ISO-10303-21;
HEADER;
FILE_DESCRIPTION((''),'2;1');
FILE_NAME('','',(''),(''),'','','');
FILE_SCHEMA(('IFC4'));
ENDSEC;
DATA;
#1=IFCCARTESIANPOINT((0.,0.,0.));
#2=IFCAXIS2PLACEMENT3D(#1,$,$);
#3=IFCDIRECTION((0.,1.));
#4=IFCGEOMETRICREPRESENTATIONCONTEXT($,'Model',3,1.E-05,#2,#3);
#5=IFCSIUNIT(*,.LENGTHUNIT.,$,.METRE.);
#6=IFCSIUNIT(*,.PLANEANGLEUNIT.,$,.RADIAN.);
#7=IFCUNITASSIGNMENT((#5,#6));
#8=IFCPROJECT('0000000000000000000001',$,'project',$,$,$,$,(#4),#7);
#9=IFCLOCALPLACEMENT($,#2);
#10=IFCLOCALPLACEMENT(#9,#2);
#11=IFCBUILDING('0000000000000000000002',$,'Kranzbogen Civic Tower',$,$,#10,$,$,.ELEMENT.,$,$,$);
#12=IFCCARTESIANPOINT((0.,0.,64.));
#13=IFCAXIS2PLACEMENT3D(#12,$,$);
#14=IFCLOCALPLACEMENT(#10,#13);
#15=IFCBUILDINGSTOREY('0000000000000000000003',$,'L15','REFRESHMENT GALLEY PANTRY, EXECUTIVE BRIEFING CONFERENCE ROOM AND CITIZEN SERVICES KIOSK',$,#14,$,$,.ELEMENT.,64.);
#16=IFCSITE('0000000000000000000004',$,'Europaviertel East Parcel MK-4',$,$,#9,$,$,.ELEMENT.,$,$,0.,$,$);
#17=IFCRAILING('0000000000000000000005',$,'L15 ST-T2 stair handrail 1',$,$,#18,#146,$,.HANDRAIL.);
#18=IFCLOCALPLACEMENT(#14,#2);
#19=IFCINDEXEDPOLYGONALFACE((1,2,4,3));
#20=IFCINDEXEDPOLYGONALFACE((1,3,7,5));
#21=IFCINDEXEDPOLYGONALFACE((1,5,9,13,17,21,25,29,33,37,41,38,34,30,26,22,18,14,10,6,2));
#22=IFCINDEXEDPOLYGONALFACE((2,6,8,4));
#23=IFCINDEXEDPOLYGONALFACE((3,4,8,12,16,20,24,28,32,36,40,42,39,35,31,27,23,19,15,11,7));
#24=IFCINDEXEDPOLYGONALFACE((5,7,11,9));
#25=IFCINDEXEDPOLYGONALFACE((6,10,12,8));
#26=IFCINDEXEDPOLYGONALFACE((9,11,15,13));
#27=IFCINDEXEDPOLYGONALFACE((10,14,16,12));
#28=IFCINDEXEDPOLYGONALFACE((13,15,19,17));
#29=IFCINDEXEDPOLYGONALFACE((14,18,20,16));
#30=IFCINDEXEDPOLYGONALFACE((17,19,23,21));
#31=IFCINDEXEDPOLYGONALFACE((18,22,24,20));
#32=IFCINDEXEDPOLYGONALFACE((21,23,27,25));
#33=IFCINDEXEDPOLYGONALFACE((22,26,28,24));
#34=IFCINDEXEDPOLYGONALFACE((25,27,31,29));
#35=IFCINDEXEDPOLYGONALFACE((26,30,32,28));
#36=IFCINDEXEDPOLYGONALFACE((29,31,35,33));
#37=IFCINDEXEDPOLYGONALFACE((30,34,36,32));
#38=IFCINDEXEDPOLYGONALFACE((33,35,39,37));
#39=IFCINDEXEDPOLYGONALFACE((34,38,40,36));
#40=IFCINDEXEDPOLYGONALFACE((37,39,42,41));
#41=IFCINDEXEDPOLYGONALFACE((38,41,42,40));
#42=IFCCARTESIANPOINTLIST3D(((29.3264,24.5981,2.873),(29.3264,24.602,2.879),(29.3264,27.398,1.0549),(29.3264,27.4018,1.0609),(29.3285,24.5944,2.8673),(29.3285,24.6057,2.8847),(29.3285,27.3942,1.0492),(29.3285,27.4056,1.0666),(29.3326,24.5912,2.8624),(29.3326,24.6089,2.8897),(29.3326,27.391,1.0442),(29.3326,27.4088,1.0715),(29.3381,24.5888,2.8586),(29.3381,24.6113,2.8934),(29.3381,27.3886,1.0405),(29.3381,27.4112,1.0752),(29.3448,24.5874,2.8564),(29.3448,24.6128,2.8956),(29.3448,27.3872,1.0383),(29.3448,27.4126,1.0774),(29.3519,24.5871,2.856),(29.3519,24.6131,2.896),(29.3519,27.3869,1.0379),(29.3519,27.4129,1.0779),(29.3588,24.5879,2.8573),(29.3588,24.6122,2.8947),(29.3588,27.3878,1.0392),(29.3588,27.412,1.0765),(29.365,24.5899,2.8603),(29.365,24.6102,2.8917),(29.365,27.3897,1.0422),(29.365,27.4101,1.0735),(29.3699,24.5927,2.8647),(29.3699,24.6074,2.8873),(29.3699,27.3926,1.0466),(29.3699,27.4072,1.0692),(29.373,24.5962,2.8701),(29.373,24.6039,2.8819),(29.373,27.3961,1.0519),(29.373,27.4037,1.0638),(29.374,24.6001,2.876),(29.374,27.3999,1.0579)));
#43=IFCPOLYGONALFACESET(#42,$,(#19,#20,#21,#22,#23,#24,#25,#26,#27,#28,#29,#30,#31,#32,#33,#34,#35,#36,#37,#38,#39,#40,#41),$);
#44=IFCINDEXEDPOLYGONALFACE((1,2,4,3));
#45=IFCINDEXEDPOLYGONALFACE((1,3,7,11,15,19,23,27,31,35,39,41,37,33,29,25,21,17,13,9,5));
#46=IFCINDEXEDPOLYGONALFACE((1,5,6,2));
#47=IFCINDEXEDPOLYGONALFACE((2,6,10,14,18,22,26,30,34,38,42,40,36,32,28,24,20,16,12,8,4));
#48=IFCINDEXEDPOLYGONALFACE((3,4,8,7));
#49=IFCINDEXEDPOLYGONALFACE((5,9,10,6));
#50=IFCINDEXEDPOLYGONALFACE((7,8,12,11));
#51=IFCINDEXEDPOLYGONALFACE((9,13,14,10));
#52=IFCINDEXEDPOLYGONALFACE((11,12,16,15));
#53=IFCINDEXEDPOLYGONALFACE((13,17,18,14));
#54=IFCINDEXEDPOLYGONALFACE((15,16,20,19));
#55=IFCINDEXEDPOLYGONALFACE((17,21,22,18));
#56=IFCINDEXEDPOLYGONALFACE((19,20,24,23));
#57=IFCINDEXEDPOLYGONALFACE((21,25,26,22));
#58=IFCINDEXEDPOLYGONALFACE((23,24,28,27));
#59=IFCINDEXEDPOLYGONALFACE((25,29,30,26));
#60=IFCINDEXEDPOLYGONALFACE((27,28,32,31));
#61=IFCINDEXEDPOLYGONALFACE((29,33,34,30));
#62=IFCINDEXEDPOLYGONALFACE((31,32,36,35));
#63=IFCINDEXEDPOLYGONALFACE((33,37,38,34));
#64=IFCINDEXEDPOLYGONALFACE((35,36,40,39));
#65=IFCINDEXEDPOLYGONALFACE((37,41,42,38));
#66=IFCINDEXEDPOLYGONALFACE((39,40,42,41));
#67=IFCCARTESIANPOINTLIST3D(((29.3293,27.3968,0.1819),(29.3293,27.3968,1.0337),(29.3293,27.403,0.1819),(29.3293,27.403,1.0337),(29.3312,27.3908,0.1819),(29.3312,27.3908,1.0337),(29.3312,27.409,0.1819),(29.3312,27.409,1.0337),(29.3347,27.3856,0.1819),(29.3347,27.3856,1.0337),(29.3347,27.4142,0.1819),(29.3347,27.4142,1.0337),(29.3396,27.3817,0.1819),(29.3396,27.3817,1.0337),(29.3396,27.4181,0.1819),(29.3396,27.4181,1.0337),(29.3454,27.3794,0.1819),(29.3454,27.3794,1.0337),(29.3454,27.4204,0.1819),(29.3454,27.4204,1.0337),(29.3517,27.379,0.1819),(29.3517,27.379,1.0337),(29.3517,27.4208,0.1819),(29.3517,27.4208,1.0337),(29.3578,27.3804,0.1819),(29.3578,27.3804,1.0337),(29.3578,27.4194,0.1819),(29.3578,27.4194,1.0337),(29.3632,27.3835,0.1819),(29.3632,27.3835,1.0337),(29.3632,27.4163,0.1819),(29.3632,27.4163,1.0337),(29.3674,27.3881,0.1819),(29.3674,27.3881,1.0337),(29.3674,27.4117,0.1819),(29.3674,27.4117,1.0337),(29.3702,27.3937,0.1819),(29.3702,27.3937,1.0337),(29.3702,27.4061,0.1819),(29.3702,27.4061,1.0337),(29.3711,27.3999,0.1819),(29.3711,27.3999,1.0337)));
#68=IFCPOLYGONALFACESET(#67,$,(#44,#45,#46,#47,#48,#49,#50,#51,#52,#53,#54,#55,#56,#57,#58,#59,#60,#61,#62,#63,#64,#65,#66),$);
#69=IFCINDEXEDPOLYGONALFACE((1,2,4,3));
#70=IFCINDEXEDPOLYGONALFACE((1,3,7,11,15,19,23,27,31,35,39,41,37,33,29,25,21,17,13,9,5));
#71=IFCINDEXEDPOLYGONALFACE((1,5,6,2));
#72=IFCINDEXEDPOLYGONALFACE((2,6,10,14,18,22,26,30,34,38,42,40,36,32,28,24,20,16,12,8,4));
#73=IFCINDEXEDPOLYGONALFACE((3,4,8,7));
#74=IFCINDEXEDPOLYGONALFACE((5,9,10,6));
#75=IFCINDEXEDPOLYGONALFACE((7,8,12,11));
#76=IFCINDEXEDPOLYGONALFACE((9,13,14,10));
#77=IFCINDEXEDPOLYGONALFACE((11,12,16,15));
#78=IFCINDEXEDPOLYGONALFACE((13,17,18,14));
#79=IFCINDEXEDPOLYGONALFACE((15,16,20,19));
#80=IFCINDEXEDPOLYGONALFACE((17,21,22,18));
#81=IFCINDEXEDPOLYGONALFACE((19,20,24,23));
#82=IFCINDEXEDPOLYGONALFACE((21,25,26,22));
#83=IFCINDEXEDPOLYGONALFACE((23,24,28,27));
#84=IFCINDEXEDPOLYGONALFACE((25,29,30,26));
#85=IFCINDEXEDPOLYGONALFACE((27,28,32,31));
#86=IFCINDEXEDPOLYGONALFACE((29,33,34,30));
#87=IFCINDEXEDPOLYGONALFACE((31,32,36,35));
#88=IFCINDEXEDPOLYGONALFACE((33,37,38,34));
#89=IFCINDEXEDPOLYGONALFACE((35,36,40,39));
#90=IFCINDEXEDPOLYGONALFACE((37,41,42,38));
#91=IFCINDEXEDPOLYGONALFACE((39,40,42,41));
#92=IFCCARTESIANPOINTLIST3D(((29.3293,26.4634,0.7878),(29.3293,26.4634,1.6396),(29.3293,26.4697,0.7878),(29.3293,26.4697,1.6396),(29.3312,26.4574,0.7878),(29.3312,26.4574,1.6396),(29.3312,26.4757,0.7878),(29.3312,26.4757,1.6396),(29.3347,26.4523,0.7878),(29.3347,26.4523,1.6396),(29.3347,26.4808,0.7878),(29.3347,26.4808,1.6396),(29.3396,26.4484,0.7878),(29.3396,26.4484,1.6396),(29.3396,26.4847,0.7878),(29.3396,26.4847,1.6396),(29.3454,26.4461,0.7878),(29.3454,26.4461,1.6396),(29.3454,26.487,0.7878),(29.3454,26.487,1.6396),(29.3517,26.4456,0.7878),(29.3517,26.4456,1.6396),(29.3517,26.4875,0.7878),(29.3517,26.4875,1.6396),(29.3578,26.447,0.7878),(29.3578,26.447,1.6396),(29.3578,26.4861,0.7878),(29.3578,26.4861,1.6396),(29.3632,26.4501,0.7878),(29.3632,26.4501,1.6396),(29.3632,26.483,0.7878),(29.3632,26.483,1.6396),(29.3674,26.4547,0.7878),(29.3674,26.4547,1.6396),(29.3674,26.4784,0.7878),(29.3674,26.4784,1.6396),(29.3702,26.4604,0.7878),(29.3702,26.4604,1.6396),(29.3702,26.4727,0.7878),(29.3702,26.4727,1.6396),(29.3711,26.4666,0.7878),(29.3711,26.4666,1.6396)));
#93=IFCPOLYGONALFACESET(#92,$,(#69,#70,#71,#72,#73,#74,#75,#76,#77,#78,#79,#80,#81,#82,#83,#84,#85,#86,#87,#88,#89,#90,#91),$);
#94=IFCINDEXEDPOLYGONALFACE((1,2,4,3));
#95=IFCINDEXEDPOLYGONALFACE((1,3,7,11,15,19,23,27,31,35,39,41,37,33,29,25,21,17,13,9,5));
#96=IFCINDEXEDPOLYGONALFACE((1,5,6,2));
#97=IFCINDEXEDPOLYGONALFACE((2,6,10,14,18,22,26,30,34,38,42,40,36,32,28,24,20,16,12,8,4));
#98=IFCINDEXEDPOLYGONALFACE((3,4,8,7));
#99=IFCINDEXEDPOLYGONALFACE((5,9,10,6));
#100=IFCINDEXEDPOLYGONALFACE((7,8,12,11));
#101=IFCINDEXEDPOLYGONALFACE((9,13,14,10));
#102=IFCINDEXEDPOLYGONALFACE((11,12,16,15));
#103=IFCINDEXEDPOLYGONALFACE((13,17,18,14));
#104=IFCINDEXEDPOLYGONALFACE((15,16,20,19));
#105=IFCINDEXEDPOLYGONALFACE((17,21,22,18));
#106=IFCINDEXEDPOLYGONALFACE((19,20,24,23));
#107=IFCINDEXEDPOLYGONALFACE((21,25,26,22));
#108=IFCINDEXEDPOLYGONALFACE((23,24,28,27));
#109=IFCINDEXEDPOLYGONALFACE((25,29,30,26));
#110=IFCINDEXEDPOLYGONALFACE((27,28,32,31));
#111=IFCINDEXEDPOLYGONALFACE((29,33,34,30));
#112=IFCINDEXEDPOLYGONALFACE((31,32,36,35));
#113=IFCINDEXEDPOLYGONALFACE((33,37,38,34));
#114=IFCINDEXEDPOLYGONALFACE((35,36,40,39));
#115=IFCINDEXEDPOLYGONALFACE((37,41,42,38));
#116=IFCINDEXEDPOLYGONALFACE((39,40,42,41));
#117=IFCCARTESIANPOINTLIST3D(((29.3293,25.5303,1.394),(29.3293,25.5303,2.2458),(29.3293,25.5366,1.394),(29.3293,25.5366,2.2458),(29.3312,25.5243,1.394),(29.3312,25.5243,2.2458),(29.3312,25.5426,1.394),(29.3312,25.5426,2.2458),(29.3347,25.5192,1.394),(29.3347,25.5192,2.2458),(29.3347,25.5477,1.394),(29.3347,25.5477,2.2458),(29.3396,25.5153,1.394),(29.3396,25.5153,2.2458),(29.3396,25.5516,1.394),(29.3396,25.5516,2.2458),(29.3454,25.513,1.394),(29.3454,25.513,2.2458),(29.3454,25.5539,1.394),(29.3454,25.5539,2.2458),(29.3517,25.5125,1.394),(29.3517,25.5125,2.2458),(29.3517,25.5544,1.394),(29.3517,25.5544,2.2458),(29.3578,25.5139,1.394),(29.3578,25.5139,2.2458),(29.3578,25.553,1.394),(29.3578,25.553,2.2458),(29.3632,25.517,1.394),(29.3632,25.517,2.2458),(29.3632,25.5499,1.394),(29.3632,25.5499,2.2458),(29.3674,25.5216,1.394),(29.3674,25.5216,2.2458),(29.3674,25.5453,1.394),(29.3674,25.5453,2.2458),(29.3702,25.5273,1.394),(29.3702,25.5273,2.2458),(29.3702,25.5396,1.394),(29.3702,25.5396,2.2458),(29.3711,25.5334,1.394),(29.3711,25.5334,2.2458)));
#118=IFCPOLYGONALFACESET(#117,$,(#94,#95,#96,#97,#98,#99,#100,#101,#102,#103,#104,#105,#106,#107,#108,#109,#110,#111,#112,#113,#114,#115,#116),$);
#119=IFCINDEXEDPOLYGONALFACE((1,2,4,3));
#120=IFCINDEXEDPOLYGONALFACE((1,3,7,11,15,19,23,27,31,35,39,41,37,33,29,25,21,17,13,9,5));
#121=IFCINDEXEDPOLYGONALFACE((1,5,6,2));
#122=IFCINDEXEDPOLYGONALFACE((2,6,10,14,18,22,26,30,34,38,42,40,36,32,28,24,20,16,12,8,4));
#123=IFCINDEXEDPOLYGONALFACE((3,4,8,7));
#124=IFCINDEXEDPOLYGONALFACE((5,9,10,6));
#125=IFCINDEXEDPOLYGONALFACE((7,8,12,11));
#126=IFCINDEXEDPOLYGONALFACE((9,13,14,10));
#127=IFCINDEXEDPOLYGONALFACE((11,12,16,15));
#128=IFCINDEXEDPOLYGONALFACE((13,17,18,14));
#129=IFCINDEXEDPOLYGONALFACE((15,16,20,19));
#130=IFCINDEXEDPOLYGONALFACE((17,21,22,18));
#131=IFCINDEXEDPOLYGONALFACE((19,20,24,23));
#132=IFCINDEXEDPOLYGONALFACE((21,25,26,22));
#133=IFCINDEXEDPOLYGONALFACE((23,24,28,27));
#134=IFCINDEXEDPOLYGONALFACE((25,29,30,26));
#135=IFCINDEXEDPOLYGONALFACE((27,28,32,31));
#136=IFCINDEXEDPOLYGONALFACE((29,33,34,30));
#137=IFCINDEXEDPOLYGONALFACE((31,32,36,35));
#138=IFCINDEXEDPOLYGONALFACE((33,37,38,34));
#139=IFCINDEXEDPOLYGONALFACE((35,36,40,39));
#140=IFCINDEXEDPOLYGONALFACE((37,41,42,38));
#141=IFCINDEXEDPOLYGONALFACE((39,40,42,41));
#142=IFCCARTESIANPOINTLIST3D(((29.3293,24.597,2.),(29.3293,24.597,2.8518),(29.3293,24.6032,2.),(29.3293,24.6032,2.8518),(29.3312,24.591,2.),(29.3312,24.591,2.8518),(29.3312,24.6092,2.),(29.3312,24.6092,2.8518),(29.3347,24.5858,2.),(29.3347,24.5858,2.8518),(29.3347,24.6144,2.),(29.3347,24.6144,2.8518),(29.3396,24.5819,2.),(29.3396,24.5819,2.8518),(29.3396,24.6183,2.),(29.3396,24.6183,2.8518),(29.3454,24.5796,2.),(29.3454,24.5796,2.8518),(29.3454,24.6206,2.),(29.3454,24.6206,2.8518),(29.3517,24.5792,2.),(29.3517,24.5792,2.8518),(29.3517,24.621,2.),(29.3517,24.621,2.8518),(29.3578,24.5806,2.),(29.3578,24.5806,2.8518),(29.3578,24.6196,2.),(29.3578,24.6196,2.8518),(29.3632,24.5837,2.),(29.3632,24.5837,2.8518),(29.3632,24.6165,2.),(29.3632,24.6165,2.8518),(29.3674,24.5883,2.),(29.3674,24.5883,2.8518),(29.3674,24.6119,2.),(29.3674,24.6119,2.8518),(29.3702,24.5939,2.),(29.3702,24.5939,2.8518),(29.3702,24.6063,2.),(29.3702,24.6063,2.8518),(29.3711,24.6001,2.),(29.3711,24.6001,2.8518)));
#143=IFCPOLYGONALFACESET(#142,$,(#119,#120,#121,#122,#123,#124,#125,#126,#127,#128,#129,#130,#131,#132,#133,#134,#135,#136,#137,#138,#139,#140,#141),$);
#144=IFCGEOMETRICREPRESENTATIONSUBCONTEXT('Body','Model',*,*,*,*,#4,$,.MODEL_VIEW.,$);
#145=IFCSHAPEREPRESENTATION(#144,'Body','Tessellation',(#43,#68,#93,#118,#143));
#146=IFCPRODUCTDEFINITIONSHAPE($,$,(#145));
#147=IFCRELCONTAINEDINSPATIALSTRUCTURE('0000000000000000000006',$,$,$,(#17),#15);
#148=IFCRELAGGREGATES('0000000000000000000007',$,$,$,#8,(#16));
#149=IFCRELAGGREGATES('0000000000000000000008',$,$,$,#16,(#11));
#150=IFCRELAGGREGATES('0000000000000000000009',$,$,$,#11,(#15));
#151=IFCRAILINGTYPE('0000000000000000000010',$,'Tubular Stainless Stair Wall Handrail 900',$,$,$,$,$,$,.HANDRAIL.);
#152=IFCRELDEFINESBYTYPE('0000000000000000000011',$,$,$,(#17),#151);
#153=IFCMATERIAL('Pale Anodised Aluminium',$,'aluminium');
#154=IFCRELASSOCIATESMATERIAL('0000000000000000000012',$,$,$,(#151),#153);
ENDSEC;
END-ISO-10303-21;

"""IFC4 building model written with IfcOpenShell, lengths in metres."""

from ifc_helpers import new_model, si_unit, direction, frame, origin, origin_2d, place, context, subcontext, project, spatial, circle, extrude, material, type_object, element, save


model = new_model("IFC4")

# Units and contexts
model_context = context("Model", 3, precision=1e-05, world=origin(), true_north=direction((0.0, 1.0)))
body_context = subcontext(model_context, "Body", "Model", "MODEL_VIEW")
ifc_project = project(units=[si_unit("LENGTHUNIT", "METRE"), si_unit("PLANEANGLEUNIT", "RADIAN")], contexts=[model_context])

# Site, building, storey
site_placement = place(None, origin())
site = spatial("IfcSite", under=ifc_project, at=site_placement, Name="Europaviertel East Parcel MK-4", CompositionType="ELEMENT", RefElevation=0.0)
building_placement = place(site_placement, origin())
building = spatial("IfcBuilding", under=site, at=building_placement, Name="Kranzbogen Civic Tower", CompositionType="ELEMENT")
storey_placement = place(building_placement, frame((0.0, 0.0, 64.0)))
storey = spatial("IfcBuildingStorey", under=building, at=storey_placement, Name="L15", Description="REFRESHMENT GALLEY PANTRY, EXECUTIVE BRIEFING CONFERENCE ROOM AND CITIZEN SERVICES KIOSK", CompositionType="ELEMENT", Elevation=64.0)

# Shared definitions
ifc_material_1 = material(Name="Pale Anodised Aluminium", Category="aluminium")

# Railing
railing_type_1 = type_object("IfcRailingType", Name="Tubular Stainless Stair Wall Handrail 900", PredefinedType="HANDRAIL", material=ifc_material_1)
railing_1_placement = place(storey_placement, frame((29.3501, 27.3999, 0.1819)))
element("IfcRailing", 1, at=railing_1_placement, inside=storey, type_object=railing_type_1, Name="L15 ST-T2 stair handrail 1", PredefinedType="HANDRAIL", context=body_context, shape_type="SweptSolid", body=[
    extrude(circle(Radius=0.0239, at=origin_2d()), frame((0.0, 0.0, 0.876), z_axis=(0.0, -0.838684, 0.544618), x_axis=(1.0, 0.0, 0.0)), (0.0, 0.0, 1.0), 3.3384),
    extrude(circle(Radius=0.021, at=origin_2d()), origin(), (0.0, 0.0, 1.0), 0.8518),
    extrude(circle(Radius=0.021, at=origin_2d()), frame((0.0, -0.9333, 0.606)), (0.0, 0.0, 1.0), 0.8518),
    extrude(circle(Radius=0.021, at=origin_2d()), frame((0.0, -1.8665, 1.2122)), (0.0, 0.0, 1.0), 0.8518),
    extrude(circle(Radius=0.021, at=origin_2d()), frame((0.0, -2.7998, 1.8181)), (0.0, 0.0, 1.0), 0.8518),
])

save(model, "model.ifc")
